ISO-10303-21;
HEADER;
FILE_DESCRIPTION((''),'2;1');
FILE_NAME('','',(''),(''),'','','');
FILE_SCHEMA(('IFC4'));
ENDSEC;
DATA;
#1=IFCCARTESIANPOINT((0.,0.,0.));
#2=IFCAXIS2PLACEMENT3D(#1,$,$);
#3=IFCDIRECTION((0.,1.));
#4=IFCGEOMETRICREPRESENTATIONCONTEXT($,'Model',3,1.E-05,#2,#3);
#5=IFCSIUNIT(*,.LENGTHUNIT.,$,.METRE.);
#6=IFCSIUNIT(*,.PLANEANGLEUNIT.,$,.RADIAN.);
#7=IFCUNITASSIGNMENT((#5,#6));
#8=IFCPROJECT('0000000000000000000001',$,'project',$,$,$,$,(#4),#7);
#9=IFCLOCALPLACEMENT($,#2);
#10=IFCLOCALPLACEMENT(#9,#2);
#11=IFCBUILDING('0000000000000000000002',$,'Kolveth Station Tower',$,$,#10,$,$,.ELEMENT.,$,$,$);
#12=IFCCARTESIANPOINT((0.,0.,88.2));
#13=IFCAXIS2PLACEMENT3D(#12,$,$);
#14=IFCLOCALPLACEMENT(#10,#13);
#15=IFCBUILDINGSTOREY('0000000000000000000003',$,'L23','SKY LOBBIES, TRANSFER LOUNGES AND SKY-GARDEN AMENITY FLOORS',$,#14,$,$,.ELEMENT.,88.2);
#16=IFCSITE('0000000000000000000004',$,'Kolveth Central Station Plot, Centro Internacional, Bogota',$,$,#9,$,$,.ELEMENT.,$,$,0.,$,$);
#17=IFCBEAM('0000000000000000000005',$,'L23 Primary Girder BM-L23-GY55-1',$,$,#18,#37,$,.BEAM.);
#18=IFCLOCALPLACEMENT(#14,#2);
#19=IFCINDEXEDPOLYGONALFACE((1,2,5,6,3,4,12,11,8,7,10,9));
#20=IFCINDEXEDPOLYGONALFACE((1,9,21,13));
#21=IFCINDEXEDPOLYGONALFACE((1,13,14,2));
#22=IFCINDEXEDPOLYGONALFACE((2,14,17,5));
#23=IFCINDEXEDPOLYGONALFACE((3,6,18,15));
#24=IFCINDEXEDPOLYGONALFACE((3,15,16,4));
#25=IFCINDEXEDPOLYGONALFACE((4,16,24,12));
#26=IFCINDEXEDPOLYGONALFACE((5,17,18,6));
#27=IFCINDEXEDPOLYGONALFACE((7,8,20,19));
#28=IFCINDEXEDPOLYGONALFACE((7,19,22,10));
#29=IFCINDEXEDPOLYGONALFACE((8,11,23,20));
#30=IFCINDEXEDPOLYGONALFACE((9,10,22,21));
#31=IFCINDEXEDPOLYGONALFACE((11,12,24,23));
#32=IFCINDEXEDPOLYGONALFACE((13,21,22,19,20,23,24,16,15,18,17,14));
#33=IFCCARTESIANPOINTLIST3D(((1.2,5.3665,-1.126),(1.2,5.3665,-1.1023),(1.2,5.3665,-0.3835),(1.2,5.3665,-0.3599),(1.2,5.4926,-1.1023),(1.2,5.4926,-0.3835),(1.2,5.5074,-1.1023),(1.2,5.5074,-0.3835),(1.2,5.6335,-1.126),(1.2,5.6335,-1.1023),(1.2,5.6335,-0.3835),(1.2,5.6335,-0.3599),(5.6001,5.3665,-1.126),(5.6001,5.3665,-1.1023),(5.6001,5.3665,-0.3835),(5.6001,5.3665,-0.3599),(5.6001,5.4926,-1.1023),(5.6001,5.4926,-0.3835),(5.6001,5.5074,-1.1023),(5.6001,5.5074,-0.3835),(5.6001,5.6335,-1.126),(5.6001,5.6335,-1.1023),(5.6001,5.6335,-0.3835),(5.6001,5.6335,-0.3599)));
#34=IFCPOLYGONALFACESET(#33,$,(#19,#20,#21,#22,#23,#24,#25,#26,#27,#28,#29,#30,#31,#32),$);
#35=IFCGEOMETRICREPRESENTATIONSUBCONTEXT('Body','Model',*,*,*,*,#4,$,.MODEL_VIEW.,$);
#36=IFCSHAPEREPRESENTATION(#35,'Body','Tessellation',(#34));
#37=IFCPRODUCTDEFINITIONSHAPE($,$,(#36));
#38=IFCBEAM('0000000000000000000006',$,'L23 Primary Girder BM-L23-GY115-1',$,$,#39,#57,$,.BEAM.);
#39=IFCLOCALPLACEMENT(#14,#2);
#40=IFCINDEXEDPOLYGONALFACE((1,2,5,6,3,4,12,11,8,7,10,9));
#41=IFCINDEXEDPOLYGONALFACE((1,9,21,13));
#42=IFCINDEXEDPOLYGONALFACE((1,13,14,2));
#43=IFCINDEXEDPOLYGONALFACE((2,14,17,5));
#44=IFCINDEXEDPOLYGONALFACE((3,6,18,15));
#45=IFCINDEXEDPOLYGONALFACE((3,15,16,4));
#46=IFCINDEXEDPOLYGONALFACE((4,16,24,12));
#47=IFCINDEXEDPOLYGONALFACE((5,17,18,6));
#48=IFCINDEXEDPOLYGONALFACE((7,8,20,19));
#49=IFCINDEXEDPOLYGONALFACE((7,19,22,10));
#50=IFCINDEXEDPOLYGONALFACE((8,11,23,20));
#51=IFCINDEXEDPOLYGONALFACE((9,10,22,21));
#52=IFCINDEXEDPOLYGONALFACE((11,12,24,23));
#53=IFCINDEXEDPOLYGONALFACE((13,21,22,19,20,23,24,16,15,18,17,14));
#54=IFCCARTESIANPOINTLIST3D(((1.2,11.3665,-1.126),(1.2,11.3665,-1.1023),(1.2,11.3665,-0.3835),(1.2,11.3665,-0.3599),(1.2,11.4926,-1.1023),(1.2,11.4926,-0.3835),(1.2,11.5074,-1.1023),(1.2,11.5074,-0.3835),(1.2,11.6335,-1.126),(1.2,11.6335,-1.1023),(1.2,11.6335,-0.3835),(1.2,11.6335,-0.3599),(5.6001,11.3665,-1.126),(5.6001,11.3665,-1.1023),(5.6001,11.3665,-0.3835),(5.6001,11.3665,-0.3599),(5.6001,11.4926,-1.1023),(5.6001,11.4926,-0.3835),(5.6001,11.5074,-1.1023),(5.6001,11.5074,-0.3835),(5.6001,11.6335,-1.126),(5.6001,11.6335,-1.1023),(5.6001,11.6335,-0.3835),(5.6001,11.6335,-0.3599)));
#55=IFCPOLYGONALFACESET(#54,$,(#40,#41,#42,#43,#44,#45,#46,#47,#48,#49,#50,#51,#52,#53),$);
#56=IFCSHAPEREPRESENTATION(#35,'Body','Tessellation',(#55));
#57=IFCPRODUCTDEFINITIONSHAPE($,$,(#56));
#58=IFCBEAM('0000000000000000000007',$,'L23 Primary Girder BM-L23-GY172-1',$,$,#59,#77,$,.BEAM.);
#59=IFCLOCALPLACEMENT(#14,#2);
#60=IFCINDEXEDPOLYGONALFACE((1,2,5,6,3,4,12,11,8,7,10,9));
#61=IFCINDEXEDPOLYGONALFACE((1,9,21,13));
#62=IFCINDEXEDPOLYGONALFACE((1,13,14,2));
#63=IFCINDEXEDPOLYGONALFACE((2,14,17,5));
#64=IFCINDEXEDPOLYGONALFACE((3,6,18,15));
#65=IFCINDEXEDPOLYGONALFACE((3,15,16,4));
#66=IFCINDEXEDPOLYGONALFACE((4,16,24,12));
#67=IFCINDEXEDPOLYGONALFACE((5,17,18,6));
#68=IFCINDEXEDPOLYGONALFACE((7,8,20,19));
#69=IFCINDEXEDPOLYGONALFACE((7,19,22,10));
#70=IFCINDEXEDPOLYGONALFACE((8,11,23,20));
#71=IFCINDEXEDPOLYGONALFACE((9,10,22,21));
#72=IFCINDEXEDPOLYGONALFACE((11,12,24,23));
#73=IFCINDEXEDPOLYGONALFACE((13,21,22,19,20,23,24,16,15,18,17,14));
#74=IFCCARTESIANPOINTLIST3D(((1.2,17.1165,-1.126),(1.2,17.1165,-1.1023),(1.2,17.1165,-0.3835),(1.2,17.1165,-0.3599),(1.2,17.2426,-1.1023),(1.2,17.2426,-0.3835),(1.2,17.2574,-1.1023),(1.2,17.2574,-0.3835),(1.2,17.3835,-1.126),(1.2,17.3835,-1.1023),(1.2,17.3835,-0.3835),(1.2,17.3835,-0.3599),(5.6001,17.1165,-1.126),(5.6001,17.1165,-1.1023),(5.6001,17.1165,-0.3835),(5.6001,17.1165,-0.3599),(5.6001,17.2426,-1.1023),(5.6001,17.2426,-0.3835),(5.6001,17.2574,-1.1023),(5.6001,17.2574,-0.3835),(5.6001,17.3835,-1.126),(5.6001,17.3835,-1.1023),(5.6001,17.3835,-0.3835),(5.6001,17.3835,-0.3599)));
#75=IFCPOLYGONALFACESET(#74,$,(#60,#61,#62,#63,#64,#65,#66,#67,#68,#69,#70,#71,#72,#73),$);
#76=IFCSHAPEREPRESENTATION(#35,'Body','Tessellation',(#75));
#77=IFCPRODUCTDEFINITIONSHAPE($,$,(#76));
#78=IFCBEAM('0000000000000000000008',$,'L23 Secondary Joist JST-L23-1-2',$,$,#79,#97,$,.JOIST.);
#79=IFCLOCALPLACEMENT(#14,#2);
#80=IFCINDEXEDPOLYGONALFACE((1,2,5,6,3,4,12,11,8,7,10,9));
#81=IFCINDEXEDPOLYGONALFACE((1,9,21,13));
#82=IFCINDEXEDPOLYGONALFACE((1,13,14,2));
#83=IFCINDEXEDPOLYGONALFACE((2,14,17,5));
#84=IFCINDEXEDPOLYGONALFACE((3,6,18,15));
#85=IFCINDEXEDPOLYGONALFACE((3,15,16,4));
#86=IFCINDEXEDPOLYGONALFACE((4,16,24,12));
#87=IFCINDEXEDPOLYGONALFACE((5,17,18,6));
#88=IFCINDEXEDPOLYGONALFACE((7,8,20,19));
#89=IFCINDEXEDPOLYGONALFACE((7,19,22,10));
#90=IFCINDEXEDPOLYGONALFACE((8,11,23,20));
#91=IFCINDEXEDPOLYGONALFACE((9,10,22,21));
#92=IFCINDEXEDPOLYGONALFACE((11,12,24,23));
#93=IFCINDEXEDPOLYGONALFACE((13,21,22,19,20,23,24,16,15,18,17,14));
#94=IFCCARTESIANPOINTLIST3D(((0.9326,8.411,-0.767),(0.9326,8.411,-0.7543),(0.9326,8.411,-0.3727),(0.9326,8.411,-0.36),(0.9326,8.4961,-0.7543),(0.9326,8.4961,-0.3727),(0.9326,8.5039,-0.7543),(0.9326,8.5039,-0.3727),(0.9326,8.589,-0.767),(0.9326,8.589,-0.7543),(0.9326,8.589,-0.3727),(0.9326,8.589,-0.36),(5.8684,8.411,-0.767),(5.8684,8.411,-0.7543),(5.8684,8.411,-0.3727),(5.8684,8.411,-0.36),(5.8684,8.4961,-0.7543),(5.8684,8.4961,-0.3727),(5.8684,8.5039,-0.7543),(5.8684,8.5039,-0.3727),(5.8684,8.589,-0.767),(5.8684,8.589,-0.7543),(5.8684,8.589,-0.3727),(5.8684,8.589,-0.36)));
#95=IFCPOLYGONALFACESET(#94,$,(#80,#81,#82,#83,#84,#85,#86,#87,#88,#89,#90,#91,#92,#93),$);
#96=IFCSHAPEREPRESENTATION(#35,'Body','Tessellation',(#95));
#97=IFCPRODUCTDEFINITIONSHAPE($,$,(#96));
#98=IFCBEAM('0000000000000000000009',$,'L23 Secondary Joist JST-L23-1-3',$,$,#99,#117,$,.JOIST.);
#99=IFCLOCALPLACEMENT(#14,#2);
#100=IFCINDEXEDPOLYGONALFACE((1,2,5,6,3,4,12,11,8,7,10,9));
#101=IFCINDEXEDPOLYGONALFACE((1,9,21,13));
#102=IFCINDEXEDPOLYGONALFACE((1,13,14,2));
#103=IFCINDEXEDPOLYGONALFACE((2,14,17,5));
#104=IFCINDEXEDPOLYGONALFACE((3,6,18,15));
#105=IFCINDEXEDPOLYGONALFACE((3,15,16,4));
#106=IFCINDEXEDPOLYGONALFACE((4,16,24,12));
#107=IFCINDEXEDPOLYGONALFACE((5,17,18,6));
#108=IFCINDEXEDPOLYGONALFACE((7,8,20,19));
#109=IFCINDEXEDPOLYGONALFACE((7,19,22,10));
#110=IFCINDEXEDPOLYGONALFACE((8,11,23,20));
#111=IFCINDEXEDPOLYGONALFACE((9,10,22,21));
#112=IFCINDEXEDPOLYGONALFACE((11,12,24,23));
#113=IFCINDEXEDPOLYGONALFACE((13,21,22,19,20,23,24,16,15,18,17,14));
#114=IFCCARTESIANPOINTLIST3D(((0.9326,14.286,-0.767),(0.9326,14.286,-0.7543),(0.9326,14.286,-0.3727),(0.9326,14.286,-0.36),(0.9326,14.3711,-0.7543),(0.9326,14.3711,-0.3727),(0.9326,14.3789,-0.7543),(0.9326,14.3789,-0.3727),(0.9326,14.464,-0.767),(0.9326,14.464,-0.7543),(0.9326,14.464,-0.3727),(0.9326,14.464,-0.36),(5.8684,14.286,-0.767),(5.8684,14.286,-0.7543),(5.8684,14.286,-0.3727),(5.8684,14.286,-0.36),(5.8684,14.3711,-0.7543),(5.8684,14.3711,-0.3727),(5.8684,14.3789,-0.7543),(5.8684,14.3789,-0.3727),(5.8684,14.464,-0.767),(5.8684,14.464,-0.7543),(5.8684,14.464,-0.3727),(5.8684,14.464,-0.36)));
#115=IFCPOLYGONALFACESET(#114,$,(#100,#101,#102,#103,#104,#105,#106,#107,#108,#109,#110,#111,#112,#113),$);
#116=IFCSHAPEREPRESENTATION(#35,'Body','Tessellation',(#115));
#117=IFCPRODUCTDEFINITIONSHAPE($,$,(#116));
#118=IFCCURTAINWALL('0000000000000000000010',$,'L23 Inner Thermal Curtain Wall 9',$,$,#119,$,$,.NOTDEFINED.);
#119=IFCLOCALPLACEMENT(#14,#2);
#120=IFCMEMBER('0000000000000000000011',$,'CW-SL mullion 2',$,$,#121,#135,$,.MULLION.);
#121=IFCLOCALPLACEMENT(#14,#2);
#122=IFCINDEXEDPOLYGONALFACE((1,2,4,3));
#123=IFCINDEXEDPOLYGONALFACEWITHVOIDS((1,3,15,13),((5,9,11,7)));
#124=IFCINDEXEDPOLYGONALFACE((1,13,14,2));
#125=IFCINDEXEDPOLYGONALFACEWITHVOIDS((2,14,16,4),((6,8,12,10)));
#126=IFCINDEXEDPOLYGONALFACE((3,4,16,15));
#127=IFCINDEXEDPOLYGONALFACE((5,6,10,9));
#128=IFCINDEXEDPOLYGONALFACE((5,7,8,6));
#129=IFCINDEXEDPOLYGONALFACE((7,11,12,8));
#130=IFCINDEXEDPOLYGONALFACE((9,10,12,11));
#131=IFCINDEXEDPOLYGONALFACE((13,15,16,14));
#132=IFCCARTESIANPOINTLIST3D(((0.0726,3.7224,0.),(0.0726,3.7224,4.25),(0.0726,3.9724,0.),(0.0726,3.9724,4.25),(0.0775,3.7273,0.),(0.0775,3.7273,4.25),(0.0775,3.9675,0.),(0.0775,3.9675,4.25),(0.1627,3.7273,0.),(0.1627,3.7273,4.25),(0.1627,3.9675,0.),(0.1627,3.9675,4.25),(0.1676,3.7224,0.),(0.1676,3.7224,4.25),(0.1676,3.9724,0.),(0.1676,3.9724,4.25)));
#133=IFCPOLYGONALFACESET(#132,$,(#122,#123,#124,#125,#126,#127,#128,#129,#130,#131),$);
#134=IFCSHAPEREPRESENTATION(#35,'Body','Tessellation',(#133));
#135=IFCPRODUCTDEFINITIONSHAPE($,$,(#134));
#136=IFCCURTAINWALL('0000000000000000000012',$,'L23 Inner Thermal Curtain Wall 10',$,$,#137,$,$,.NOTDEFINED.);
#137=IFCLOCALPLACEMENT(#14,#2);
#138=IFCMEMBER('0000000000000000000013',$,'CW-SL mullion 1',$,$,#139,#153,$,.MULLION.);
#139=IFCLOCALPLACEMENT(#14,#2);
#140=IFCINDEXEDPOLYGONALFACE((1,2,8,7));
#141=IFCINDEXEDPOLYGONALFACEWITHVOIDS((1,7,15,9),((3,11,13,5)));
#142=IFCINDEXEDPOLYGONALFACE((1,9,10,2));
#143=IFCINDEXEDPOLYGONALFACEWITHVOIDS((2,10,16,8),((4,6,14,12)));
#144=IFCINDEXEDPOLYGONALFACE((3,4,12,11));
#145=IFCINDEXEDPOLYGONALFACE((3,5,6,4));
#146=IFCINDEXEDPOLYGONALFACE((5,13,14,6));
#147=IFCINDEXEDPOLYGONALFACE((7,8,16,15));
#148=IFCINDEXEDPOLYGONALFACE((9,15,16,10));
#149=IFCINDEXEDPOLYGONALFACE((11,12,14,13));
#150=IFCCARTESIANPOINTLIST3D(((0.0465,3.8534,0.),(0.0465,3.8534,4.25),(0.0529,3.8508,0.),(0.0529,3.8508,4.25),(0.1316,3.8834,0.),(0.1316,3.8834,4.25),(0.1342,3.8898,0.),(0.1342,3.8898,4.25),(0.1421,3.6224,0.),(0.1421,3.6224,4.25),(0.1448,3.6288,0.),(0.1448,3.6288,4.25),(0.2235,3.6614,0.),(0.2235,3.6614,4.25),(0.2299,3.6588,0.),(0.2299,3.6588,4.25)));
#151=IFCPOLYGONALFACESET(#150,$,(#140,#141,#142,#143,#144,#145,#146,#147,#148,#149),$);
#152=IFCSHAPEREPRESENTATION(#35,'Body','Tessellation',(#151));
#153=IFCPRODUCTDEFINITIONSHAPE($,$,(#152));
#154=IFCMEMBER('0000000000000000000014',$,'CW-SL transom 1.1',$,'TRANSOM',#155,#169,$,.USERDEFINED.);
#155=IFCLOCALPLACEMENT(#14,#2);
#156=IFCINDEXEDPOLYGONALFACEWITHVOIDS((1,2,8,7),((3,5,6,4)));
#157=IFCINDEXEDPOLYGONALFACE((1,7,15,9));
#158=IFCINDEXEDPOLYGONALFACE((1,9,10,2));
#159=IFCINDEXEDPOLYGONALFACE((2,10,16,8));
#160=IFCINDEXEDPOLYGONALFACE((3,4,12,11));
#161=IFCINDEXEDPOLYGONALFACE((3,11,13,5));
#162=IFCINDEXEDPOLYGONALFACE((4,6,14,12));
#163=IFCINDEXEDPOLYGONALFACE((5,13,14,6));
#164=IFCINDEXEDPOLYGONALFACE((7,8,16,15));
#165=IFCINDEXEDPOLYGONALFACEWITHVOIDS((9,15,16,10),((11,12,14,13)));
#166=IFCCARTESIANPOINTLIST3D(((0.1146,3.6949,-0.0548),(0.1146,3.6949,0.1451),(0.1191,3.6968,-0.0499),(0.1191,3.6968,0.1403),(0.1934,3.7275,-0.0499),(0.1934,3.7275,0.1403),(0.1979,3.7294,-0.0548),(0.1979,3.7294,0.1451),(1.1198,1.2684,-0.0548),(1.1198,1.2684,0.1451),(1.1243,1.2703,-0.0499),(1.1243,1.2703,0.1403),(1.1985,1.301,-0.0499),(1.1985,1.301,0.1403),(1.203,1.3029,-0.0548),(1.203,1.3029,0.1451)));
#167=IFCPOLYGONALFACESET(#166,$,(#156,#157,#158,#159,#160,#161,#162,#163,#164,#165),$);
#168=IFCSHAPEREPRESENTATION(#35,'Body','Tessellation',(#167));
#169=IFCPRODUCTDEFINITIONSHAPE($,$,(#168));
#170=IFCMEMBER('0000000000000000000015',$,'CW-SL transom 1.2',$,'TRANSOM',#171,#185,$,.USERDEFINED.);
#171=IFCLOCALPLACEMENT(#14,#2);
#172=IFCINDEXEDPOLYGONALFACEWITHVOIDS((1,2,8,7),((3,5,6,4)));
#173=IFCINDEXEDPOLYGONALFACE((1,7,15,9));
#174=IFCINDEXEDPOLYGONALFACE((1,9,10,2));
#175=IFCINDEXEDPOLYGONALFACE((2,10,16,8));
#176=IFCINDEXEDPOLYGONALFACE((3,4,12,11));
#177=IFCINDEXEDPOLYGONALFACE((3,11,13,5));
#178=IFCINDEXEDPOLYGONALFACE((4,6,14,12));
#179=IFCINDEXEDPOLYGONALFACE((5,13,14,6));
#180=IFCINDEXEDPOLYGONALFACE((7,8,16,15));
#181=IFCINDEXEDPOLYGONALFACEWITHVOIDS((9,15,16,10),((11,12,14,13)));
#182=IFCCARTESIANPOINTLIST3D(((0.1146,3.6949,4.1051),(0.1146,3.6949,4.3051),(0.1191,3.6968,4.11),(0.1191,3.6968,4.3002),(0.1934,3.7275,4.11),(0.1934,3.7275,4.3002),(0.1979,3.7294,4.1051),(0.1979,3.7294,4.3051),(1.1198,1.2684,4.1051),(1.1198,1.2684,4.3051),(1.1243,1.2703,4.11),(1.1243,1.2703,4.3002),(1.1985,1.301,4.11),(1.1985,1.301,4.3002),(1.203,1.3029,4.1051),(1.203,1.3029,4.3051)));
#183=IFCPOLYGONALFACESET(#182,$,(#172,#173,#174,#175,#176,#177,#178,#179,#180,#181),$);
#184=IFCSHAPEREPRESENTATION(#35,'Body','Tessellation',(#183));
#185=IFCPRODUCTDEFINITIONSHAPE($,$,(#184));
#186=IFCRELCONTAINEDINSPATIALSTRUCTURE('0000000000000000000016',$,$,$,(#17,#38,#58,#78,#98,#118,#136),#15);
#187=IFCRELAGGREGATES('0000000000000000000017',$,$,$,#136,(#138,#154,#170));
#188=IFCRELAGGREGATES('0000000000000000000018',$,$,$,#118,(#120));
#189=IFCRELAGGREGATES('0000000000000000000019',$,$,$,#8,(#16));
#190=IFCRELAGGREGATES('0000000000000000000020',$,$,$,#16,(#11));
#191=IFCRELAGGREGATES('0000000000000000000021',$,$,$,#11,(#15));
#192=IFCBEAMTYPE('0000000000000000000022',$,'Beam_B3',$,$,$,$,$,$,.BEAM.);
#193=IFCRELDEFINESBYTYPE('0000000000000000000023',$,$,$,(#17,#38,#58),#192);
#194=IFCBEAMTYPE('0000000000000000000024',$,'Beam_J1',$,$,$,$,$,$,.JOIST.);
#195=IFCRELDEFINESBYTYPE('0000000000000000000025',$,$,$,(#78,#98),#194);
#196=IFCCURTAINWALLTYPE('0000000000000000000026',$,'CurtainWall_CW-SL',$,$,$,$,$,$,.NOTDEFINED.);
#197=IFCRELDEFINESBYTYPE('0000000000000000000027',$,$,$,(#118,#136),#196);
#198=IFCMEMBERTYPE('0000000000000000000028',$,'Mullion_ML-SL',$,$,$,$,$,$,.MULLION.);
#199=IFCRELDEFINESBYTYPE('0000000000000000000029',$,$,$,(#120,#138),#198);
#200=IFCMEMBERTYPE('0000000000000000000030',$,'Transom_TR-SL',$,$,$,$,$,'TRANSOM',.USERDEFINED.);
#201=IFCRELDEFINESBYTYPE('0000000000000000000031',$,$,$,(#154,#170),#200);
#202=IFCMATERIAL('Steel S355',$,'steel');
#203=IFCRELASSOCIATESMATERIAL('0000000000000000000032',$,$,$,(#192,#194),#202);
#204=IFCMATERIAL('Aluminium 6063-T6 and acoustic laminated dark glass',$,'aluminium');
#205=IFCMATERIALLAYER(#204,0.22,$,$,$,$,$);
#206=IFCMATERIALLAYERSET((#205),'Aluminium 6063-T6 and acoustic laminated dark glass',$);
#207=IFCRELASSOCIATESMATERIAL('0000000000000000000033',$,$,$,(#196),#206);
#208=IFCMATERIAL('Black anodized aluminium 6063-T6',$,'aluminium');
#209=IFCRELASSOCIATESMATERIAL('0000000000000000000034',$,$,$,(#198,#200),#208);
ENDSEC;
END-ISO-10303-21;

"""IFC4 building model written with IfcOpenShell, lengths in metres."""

from ifc_helpers import new_model, si_unit, direction, frame, origin, origin_2d, place, context, subcontext, project, spatial, hollow_rectangle, i_section, extrude, source, transform, mapped, material, layer, layer_set, material_profile, profile_set, type_object, element, aggregate, save


model = new_model("IFC4")

# Units and contexts
model_context = context("Model", 3, precision=1e-05, world=origin(), true_north=direction((0.0, 1.0)))
body_context = subcontext(model_context, "Body", "Model", "MODEL_VIEW")
ifc_project = project(units=[si_unit("LENGTHUNIT", "METRE"), si_unit("PLANEANGLEUNIT", "RADIAN")], contexts=[model_context])

# Site, building, storey
site_placement = place(None, origin())
site = spatial("IfcSite", under=ifc_project, at=site_placement, Name="Kolveth Central Station Plot, Centro Internacional, Bogota", CompositionType="ELEMENT", RefElevation=0.0)
building_placement = place(site_placement, origin())
building = spatial("IfcBuilding", under=site, at=building_placement, Name="Kolveth Station Tower", CompositionType="ELEMENT")
storey_placement = place(building_placement, frame((0.0, 0.0, 88.2)))
storey = spatial("IfcBuildingStorey", under=building, at=storey_placement, Name="L23", Description="SKY LOBBIES, TRANSFER LOUNGES AND SKY-GARDEN AMENITY FLOORS", CompositionType="ELEMENT", Elevation=88.2)

# Beams
ifc_material_1 = material(Name="Steel S355", Category="steel")
ifc_material_profile_1 = material_profile(ifc_material_1, i_section(OverallWidth=0.2671, OverallDepth=0.7661, WebThickness=0.0149, FlangeThickness=0.0237, at=origin_2d()), Name="W760x185")
ifc_profile_set_1 = profile_set([ifc_material_profile_1], Name="Steel S355")
beam_type_1 = type_object("IfcBeamType", Name="Beam_B3", PredefinedType="BEAM", material=ifc_profile_set_1)
shared_shape_1 = source(origin(), body_context, "Body", "SweptSolid", [
    extrude(i_section(OverallWidth=0.2671, OverallDepth=0.7661, WebThickness=0.0149, FlangeThickness=0.0237, at=origin_2d()), origin(), (0.0, 0.0, 1.0), 4.4001),
])
for number, where, z_axis, x_axis, name in (
    (1, (1.2, 5.5, -0.7429), (1.0, 0.0, 0.0), (0.0, 1.0, 0.0), "L23 Primary Girder BM-L23-GY55-1"),
    (2, (1.2, 11.5, -0.7429), (1.0, 0.0, 0.0), (0.0, 1.0, 0.0), "L23 Primary Girder BM-L23-GY115-1"),
    (3, (1.2, 17.25, -0.7429), (1.0, 0.0, 0.0), (0.0, 1.0, 0.0), "L23 Primary Girder BM-L23-GY172-1"),
):
    element("IfcBeam", number, at=place(storey_placement, frame(where, z_axis=z_axis, x_axis=x_axis)), inside=storey, type_object=beam_type_1, Name=name, PredefinedType="BEAM", context=body_context, shape_type="MappedRepresentation", body=[
        mapped(shared_shape_1, transform((0.0, 0.0, 0.0), x_axis=(1.0, 0.0, 0.0), y_axis=(0.0, 1.0, 0.0), z_axis=(0.0, 0.0, 1.0), scale=1.0)),
    ])
ifc_material_profile_2 = material_profile(ifc_material_1, i_section(OverallWidth=0.178, OverallDepth=0.407, WebThickness=0.0078, FlangeThickness=0.0127, at=origin_2d()), Name="W410x60")
ifc_profile_set_2 = profile_set([ifc_material_profile_2], Name="Steel S355")
beam_type_2 = type_object("IfcBeamType", Name="Beam_J1", PredefinedType="JOIST", material=ifc_profile_set_2)
shared_shape_2 = source(origin(), body_context, "Body", "SweptSolid", [
    extrude(i_section(OverallWidth=0.178, OverallDepth=0.407, WebThickness=0.0078, FlangeThickness=0.0127, at=origin_2d()), origin(), (0.0, 0.0, 1.0), 4.9358),
])
for number, where, z_axis, x_axis, name in (
    (4, (0.9326, 8.5, -0.5635), (1.0, 0.0, 0.0), (0.0, 1.0, 0.0), "L23 Secondary Joist JST-L23-1-2"),
    (5, (0.9326, 14.375, -0.5635), (1.0, 0.0, 0.0), (0.0, 1.0, 0.0), "L23 Secondary Joist JST-L23-1-3"),
):
    element("IfcBeam", number, at=place(storey_placement, frame(where, z_axis=z_axis, x_axis=x_axis)), inside=storey, type_object=beam_type_2, Name=name, PredefinedType="JOIST", context=body_context, shape_type="MappedRepresentation", body=[
        mapped(shared_shape_2, transform((0.0, 0.0, 0.0), x_axis=(1.0, 0.0, 0.0), y_axis=(0.0, 1.0, 0.0), z_axis=(0.0, 0.0, 1.0), scale=1.0)),
    ])

# Curtain wall, member
ifc_material_2 = material(Name="Aluminium 6063-T6 and acoustic laminated dark glass", Category="aluminium")
ifc_layer_1 = layer(ifc_material_2, 0.22)
ifc_layer_set_1 = layer_set([ifc_layer_1], Name="Aluminium 6063-T6 and acoustic laminated dark glass")
curtain_wall_type_1 = type_object("IfcCurtainWallType", Name="CurtainWall_CW-SL", PredefinedType="NOTDEFINED", material=ifc_layer_set_1)
curtain_wall_1_placement = place(storey_placement, origin())
curtain_wall_1 = element("IfcCurtainWall", 6, at=curtain_wall_1_placement, inside=storey, type_object=curtain_wall_type_1, Name="L23 Inner Thermal Curtain Wall 9", PredefinedType="NOTDEFINED")
ifc_material_3 = material(Name="Black anodized aluminium 6063-T6", Category="aluminium")
ifc_material_profile_3 = material_profile(ifc_material_3, hollow_rectangle(XDim=0.095, YDim=0.25, WallThickness=0.0049, at=origin_2d()), Name="ALU-95x250x5")
ifc_profile_set_3 = profile_set([ifc_material_profile_3], Name="Black anodized aluminium 6063-T6")
member_type_1 = type_object("IfcMemberType", Name="Mullion_ML-SL", PredefinedType="MULLION", material=ifc_profile_set_3)
shared_shape_3 = source(origin(), body_context, "Body", "SweptSolid", [
    extrude(hollow_rectangle(XDim=0.095, YDim=0.25, WallThickness=0.0049, at=origin_2d()), origin(), (0.0, 0.0, 1.0), 4.25),
])
member_1_placement = place(storey_placement, frame((0.1201, 3.8474, 0.0), z_axis=(0.0, 0.0, 1.0), x_axis=(1.0, 0.0, 0.0)))
member_1 = element("IfcMember", 7, at=member_1_placement, type_object=member_type_1, Name="CW-SL mullion 2", PredefinedType="MULLION", context=body_context, shape_type="MappedRepresentation", body=[
    mapped(shared_shape_3, transform((0.0, 0.0, 0.0), x_axis=(1.0, 0.0, 0.0), y_axis=(0.0, 1.0, 0.0), z_axis=(0.0, 0.0, 1.0), scale=1.0)),
])

# Curtain wall, members
curtain_wall_2_placement = place(storey_placement, origin())
curtain_wall_2 = element("IfcCurtainWall", 8, at=curtain_wall_2_placement, inside=storey, type_object=curtain_wall_type_1, Name="L23 Inner Thermal Curtain Wall 10", PredefinedType="NOTDEFINED")
member_2_placement = place(storey_placement, frame((0.1382, 3.7561, 0.0), z_axis=(0.0, 0.0, 1.0), x_axis=(0.923888, 0.382663, 0.0)))
member_2 = element("IfcMember", 9, at=member_2_placement, type_object=member_type_1, Name="CW-SL mullion 1", PredefinedType="MULLION", context=body_context, shape_type="MappedRepresentation", body=[
    mapped(shared_shape_3, transform((0.0, 0.0, 0.0), x_axis=(1.0, 0.0, 0.0), y_axis=(0.0, 1.0, 0.0), z_axis=(0.0, 0.0, 1.0), scale=1.0)),
])
ifc_material_profile_4 = material_profile(ifc_material_3, hollow_rectangle(XDim=0.0901, YDim=0.2, WallThickness=0.0049, at=origin_2d()), Name="ALU-90x200x5")
ifc_profile_set_4 = profile_set([ifc_material_profile_4], Name="Black anodized aluminium 6063-T6")
member_type_2 = type_object("IfcMemberType", Name="Transom_TR-SL", ElementType="TRANSOM", PredefinedType="USERDEFINED", material=ifc_profile_set_4)
shared_shape_4 = source(origin(), body_context, "Body", "SweptSolid", [
    extrude(hollow_rectangle(XDim=0.0901, YDim=0.2, WallThickness=0.0049, at=origin_2d()), origin(), (0.0, 0.0, 1.0), 2.6265),
])
member_3_placement = place(storey_placement, frame((0.1562, 3.7122, 0.0452), z_axis=(0.382694, -0.923875, 0.0), x_axis=(0.923875, 0.382694, 0.0)))
member_3 = element("IfcMember", 10, at=member_3_placement, type_object=member_type_2, Name="CW-SL transom 1.1", ObjectType="TRANSOM", PredefinedType="USERDEFINED", context=body_context, shape_type="MappedRepresentation", body=[
    mapped(shared_shape_4, transform((0.0, 0.0, 0.0), x_axis=(1.0, 0.0, 0.0), y_axis=(0.0, 1.0, 0.0), z_axis=(0.0, 0.0, 1.0), scale=1.0)),
])
member_4_placement = place(storey_placement, frame((0.1562, 3.7122, 4.2051), z_axis=(0.382694, -0.923875, 0.0), x_axis=(0.923875, 0.382694, 0.0)))
member_4 = element("IfcMember", 11, at=member_4_placement, type_object=member_type_2, Name="CW-SL transom 1.2", ObjectType="TRANSOM", PredefinedType="USERDEFINED", context=body_context, shape_type="MappedRepresentation", body=[
    mapped(shared_shape_4, transform((0.0, 0.0, 0.0), x_axis=(1.0, 0.0, 0.0), y_axis=(0.0, 1.0, 0.0), z_axis=(0.0, 0.0, 1.0), scale=1.0)),
])
aggregate(curtain_wall_2, [member_2, member_3, member_4])

aggregate(curtain_wall_1, [member_1])

save(model, "model.ifc")
